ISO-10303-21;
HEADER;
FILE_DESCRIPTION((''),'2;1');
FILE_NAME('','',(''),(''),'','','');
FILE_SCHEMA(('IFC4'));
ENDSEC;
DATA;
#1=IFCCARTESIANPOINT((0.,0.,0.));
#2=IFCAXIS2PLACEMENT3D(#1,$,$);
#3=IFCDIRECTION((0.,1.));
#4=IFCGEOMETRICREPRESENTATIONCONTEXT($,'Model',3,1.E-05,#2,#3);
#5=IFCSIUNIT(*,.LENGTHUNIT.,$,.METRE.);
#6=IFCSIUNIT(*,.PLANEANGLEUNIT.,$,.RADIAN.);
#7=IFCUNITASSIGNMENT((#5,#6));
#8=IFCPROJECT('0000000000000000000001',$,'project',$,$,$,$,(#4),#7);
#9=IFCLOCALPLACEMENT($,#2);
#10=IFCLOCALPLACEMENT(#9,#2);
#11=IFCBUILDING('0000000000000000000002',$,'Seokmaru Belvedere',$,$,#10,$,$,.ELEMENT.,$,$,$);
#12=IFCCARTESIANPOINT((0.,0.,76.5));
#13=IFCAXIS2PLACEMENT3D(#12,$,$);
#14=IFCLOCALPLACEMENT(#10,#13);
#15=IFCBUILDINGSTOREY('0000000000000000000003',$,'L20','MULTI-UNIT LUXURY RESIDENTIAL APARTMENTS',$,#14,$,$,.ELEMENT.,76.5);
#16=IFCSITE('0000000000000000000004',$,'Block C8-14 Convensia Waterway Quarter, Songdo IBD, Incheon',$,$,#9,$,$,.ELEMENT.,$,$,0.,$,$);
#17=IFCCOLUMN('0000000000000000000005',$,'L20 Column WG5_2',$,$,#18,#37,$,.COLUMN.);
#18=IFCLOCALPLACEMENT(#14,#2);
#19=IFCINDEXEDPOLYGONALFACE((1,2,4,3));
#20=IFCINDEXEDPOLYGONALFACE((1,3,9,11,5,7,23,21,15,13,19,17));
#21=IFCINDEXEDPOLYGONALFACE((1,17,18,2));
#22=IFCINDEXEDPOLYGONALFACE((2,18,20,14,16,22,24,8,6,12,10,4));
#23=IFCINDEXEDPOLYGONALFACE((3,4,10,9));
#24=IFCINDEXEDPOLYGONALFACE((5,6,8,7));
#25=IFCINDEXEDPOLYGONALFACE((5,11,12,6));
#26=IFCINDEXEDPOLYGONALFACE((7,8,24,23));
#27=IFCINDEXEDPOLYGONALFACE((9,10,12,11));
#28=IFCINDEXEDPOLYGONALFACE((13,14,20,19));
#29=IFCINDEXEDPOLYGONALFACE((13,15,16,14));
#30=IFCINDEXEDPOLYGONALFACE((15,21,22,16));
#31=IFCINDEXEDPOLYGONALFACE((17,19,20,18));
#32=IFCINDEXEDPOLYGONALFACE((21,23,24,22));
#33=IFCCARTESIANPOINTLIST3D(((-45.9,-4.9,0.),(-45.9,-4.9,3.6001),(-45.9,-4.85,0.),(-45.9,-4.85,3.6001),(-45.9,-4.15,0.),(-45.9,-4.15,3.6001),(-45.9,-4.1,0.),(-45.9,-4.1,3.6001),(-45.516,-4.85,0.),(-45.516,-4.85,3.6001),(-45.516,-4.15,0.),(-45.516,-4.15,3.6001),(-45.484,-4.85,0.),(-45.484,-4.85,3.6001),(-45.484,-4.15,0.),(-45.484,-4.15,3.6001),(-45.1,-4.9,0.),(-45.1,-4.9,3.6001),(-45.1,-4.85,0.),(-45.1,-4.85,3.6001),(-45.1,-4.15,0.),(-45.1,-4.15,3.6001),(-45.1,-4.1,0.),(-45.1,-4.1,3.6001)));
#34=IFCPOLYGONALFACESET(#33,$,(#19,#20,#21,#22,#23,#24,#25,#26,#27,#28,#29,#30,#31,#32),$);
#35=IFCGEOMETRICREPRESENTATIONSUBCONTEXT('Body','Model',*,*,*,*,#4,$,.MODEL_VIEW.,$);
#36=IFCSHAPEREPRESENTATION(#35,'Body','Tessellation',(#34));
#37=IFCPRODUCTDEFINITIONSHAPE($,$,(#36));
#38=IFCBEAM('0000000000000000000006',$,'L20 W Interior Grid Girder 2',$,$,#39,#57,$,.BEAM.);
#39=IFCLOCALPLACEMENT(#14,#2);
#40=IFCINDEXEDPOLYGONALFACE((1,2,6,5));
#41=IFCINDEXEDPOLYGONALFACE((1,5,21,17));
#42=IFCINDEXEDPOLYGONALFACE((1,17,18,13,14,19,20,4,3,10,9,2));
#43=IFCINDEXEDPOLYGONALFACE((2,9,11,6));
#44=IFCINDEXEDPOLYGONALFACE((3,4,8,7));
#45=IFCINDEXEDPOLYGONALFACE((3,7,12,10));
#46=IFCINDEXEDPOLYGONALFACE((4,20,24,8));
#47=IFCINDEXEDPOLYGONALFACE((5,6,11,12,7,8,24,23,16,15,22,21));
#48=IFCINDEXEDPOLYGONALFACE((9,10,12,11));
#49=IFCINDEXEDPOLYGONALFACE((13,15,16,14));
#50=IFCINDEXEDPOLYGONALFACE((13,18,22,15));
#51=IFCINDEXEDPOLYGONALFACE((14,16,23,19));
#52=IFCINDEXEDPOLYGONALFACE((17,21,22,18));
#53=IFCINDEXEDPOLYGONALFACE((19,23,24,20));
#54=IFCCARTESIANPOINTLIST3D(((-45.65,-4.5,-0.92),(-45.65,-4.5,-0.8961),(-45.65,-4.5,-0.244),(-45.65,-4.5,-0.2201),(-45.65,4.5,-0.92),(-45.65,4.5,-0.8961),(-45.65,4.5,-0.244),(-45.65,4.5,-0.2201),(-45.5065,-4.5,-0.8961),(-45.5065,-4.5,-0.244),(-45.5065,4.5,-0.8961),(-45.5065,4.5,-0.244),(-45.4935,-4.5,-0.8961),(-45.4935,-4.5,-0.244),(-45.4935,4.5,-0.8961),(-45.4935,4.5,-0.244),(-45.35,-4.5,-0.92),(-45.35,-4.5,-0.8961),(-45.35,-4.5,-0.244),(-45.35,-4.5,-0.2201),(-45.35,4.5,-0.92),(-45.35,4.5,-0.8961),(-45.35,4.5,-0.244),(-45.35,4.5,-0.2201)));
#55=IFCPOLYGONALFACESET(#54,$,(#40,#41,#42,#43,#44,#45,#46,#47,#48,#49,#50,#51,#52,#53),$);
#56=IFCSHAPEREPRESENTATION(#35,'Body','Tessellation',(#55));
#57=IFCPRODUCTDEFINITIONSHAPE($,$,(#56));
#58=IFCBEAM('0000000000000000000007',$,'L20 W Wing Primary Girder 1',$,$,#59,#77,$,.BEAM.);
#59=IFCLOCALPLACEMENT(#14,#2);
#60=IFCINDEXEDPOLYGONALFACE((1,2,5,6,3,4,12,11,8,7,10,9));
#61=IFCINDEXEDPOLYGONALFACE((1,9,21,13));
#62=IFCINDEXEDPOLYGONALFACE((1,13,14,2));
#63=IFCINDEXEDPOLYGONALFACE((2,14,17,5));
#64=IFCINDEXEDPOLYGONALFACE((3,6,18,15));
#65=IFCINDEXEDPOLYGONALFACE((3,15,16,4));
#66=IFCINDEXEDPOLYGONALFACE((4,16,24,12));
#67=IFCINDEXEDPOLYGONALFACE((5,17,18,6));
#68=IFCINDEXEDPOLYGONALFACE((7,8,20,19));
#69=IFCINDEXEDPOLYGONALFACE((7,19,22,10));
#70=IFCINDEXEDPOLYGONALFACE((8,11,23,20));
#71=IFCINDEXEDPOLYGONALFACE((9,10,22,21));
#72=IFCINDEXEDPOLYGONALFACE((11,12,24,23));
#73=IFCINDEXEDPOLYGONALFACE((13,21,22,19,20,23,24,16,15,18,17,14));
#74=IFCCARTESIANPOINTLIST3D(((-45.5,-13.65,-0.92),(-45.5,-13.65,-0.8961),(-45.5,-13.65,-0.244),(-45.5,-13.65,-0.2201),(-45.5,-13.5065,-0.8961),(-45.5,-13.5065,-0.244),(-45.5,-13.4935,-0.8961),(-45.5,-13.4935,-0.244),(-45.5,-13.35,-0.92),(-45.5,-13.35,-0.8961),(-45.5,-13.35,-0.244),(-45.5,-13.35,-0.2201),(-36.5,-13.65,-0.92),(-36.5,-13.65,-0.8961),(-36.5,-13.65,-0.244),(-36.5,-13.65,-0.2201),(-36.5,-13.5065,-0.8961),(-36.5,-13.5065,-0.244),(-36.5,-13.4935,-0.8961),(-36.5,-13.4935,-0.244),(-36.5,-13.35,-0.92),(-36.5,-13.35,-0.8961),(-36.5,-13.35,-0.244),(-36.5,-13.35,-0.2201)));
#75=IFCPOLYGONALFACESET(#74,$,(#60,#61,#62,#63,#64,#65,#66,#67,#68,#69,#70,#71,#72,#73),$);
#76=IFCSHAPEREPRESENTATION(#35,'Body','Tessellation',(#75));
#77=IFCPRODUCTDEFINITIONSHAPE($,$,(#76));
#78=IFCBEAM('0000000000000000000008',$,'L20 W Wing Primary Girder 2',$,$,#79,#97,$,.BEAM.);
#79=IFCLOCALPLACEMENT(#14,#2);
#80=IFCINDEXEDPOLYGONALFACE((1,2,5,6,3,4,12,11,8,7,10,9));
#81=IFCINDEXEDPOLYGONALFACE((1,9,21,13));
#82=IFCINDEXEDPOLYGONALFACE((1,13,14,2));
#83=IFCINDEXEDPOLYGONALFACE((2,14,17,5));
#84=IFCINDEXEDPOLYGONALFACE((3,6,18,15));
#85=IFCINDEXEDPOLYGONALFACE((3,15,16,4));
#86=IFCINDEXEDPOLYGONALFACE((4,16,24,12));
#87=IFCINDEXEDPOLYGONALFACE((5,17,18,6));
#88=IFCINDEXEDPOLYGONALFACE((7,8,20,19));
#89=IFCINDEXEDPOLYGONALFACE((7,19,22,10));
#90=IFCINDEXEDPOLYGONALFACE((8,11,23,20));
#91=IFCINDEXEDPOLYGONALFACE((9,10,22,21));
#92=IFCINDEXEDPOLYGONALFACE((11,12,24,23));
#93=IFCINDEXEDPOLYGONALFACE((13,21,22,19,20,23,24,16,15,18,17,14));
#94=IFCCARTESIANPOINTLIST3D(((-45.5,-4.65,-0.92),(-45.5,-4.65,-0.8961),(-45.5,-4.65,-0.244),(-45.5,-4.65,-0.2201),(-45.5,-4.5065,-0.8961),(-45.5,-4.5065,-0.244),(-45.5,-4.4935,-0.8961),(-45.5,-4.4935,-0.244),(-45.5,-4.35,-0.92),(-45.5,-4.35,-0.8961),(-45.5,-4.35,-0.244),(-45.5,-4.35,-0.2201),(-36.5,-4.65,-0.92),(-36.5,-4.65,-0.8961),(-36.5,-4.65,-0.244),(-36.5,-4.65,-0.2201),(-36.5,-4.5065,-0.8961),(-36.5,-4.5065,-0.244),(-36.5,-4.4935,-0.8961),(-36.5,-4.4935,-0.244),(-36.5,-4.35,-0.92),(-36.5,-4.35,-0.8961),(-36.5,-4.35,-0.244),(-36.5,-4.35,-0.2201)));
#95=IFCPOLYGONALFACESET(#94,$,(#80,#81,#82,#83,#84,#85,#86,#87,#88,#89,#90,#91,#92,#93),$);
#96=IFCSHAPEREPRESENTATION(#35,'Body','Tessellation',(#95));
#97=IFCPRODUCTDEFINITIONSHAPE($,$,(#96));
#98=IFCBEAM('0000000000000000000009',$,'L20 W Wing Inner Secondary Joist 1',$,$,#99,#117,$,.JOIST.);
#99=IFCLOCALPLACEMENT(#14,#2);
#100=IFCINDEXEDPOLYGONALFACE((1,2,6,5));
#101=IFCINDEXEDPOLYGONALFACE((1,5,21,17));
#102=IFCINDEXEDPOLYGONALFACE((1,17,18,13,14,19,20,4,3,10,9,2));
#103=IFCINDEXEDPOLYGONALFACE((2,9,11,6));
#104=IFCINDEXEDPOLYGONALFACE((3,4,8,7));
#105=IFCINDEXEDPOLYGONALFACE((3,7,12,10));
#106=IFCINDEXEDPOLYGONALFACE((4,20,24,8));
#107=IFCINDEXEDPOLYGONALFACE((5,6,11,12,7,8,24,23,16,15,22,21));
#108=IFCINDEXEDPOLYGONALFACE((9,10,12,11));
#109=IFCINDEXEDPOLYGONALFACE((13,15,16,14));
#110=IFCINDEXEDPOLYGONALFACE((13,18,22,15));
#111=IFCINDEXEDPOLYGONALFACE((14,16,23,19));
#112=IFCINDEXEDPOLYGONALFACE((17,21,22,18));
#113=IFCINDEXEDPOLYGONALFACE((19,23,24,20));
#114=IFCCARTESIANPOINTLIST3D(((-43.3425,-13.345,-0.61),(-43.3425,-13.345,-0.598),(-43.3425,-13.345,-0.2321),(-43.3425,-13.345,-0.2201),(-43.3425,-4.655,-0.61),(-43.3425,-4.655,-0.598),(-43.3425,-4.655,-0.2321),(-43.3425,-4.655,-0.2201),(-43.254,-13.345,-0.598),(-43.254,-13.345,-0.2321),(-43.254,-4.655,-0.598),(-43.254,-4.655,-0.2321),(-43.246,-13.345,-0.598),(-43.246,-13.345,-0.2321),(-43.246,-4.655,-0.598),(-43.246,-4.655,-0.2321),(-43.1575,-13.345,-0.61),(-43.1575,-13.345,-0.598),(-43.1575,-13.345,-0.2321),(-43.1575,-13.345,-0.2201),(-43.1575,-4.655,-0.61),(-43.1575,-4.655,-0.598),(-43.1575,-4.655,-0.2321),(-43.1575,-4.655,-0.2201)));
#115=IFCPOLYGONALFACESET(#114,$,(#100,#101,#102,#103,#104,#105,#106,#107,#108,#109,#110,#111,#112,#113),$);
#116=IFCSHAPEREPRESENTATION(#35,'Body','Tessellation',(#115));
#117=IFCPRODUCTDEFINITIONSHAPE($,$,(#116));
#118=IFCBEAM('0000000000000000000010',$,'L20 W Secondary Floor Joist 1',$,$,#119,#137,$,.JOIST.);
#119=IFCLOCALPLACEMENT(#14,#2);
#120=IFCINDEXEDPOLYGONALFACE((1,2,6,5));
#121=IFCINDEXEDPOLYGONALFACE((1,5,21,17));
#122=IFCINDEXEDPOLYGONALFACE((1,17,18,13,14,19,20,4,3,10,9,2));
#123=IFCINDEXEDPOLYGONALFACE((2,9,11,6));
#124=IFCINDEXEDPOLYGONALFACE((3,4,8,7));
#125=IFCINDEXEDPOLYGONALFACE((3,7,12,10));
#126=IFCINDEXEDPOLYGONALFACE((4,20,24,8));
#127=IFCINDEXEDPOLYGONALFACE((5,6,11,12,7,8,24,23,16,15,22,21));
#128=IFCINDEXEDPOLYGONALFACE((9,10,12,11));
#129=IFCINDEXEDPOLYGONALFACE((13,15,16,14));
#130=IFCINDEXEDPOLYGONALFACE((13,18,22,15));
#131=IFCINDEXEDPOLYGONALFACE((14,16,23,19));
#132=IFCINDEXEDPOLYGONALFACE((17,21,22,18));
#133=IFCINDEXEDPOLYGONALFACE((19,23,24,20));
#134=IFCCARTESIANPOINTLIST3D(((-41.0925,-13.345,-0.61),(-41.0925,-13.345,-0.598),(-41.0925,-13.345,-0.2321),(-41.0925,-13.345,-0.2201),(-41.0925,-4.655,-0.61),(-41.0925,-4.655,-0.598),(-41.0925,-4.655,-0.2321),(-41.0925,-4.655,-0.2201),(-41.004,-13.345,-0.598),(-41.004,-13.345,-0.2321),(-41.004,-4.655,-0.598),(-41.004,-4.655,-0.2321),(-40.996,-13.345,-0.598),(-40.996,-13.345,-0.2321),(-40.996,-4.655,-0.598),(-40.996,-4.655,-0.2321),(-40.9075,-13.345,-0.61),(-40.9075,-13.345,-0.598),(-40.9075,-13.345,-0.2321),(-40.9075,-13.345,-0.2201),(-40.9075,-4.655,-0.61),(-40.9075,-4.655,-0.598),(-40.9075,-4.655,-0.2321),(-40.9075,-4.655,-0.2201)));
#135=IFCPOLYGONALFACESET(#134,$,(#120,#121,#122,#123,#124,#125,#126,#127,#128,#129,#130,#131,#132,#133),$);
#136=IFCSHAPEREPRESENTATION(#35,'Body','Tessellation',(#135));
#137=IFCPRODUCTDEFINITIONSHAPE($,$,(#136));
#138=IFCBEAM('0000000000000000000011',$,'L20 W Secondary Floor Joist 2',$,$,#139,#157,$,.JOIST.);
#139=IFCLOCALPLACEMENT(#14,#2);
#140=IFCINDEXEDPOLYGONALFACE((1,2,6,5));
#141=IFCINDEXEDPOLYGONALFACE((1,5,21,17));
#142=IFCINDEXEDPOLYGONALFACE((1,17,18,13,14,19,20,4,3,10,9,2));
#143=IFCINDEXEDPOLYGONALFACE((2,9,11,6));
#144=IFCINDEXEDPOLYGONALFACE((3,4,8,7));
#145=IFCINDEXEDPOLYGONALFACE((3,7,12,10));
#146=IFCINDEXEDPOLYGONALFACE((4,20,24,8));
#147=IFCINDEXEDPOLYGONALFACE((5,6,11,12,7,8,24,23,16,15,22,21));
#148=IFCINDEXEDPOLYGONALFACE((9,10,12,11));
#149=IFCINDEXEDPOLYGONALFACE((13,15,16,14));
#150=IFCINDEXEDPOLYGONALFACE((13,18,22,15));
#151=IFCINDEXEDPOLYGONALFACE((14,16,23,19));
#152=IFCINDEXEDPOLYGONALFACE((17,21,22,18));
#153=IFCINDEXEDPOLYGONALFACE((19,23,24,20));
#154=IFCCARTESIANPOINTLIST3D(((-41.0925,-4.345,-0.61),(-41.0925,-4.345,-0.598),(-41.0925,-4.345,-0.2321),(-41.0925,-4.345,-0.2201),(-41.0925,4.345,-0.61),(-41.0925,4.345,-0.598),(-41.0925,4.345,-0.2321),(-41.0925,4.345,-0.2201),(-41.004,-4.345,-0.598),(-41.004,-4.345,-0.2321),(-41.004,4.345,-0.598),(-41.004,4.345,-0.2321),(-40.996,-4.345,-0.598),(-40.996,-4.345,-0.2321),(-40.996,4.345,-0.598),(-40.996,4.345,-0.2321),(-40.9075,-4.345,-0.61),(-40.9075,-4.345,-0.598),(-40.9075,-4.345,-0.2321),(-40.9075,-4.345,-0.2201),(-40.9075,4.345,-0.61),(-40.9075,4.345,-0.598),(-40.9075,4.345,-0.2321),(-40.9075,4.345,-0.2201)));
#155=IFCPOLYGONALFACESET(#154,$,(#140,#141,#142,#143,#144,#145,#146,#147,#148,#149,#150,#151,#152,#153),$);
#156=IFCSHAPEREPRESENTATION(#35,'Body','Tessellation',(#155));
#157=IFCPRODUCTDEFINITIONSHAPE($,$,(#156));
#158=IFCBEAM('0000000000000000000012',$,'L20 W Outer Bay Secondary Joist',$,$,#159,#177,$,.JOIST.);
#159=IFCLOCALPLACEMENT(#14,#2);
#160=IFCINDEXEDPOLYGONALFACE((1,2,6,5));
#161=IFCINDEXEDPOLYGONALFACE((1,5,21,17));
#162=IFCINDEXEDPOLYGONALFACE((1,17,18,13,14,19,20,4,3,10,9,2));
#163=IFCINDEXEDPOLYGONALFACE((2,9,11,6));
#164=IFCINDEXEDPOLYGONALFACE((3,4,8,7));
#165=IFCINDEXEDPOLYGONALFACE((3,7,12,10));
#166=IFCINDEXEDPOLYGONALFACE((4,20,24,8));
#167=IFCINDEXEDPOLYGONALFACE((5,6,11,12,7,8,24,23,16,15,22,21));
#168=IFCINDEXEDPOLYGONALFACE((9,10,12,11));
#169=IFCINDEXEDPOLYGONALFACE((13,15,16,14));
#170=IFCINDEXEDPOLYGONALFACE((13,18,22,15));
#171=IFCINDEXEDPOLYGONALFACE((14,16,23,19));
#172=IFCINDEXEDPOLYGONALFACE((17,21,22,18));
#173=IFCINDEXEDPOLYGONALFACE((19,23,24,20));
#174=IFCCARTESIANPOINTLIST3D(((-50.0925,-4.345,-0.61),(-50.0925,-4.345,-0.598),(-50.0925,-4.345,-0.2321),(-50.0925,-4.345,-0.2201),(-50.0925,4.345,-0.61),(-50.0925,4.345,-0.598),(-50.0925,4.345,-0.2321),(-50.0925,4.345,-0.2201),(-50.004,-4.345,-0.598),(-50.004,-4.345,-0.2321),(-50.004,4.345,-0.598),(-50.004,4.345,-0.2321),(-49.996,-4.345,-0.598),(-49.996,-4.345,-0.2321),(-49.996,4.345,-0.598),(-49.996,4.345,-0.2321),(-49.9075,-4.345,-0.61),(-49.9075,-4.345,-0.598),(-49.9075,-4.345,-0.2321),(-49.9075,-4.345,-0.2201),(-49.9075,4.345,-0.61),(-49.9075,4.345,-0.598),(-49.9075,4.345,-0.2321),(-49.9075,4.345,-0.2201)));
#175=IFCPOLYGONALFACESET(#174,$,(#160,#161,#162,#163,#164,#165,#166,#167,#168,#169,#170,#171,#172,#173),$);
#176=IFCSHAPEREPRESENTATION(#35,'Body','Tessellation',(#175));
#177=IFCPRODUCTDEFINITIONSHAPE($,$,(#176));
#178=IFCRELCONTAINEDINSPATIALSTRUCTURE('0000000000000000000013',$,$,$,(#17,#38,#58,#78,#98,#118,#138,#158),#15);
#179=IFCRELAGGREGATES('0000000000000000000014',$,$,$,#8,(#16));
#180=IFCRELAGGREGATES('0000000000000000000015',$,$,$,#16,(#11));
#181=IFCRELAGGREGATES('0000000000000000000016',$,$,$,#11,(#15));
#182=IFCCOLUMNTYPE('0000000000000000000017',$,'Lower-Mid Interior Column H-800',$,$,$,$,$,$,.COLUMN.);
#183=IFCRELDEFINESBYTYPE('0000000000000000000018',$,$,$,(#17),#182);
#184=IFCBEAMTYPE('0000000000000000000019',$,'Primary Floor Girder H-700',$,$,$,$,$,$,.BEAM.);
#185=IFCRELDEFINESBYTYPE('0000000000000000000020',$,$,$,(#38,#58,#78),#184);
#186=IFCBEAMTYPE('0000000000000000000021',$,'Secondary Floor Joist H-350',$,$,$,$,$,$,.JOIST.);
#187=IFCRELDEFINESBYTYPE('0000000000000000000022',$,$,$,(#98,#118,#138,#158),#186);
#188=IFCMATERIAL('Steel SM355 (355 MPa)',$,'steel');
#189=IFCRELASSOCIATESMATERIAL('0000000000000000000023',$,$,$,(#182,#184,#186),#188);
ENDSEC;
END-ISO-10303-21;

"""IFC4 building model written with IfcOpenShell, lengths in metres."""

from ifc_helpers import new_model, si_unit, direction, frame, origin, origin_2d, place, context, subcontext, project, spatial, i_section, extrude, source, transform, mapped, material, material_profile, profile_set, type_object, type_shapes, element, save


model = new_model("IFC4")

# Units and contexts
model_context = context("Model", 3, precision=1e-05, world=origin(), true_north=direction((0.0, 1.0)))
body_context = subcontext(model_context, "Body", "Model", "MODEL_VIEW")
ifc_project = project(units=[si_unit("LENGTHUNIT", "METRE"), si_unit("PLANEANGLEUNIT", "RADIAN")], contexts=[model_context])

# Site, building, storey
site_placement = place(None, origin())
site = spatial("IfcSite", under=ifc_project, at=site_placement, Name="Block C8-14 Convensia Waterway Quarter, Songdo IBD, Incheon", CompositionType="ELEMENT", RefElevation=0.0)
building_placement = place(site_placement, origin())
building = spatial("IfcBuilding", under=site, at=building_placement, Name="Seokmaru Belvedere", CompositionType="ELEMENT")
storey_placement = place(building_placement, frame((0.0, 0.0, 76.5)))
storey = spatial("IfcBuildingStorey", under=building, at=storey_placement, Name="L20", Description="MULTI-UNIT LUXURY RESIDENTIAL APARTMENTS", CompositionType="ELEMENT", Elevation=76.5)

# Column
ifc_material_1 = material(Name="Steel SM355 (355 MPa)", Category="steel")
ifc_material_profile_1 = material_profile(ifc_material_1, i_section(OverallWidth=0.8, OverallDepth=0.8, WebThickness=0.032, FlangeThickness=0.05, at=origin_2d()), Name="H-800x800x32x50")
ifc_profile_set_1 = profile_set([ifc_material_profile_1], Name="Steel SM355 (355 MPa)")
column_type = type_object("IfcColumnType", Name="Lower-Mid Interior Column H-800", PredefinedType="COLUMN", material=ifc_profile_set_1)
shared_shape_1 = source(origin(), body_context, "Body", "SweptSolid", [
    extrude(i_section(OverallWidth=0.8, OverallDepth=0.8, WebThickness=0.032, FlangeThickness=0.05, at=origin_2d()), origin(), (0.0, 0.0, 1.0), 3.6001),
])
type_shapes(column_type, [shared_shape_1])
column_placement = place(storey_placement, frame((-45.5, -4.5, 0.0), z_axis=(0.0, 0.0, 1.0), x_axis=(1.0, 0.0, 0.0)))
element("IfcColumn", 1, at=column_placement, inside=storey, type_object=column_type, Name="L20 Column WG5_2", PredefinedType="COLUMN", context=body_context, shape_type="MappedRepresentation", body=[
    mapped(shared_shape_1, transform((0.0, 0.0, 0.0), scale=1.0)),
])

# Beams
ifc_material_profile_2 = material_profile(ifc_material_1, i_section(OverallWidth=0.3, OverallDepth=0.7, WebThickness=0.0129, FlangeThickness=0.0239, at=origin_2d()), Name="H-700x300x13x24")
ifc_profile_set_2 = profile_set([ifc_material_profile_2], Name="Steel SM355 (355 MPa)")
beam_type_1 = type_object("IfcBeamType", Name="Primary Floor Girder H-700", PredefinedType="BEAM", material=ifc_profile_set_2)
shared_shape_2 = source(origin(), body_context, "Body", "SweptSolid", [
    extrude(i_section(OverallWidth=0.3, OverallDepth=0.7, WebThickness=0.0129, FlangeThickness=0.0239, at=origin_2d()), origin(), (0.0, 0.0, 1.0), 9.0),
])
type_shapes(beam_type_1, [shared_shape_2])
for number, where, z_axis, x_axis, name in (
    (2, (-45.5, -4.5, -0.5701), (0.0, 1.0, 0.0), (-1.0, 0.0, 0.0), "L20 W Interior Grid Girder 2"),
    (3, (-45.5, -13.5, -0.5701), (1.0, 0.0, 0.0), (0.0, 1.0, 0.0), "L20 W Wing Primary Girder 1"),
    (4, (-45.5, -4.5, -0.5701), (1.0, 0.0, 0.0), (0.0, 1.0, 0.0), "L20 W Wing Primary Girder 2"),
):
    element("IfcBeam", number, at=place(storey_placement, frame(where, z_axis=z_axis, x_axis=x_axis)), inside=storey, type_object=beam_type_1, Name=name, PredefinedType="BEAM", context=body_context, shape_type="MappedRepresentation", body=[
        mapped(shared_shape_2, transform((0.0, 0.0, 0.0), scale=1.0)),
    ])
ifc_material_profile_3 = material_profile(ifc_material_1, i_section(OverallWidth=0.1851, OverallDepth=0.3899, WebThickness=0.0081, FlangeThickness=0.012, at=origin_2d()), Name="H-390x185x8x12")
ifc_profile_set_3 = profile_set([ifc_material_profile_3], Name="Steel SM355 (355 MPa)")
beam_type_2 = type_object("IfcBeamType", Name="Secondary Floor Joist H-350", PredefinedType="JOIST", material=ifc_profile_set_3)
shared_shape_3 = source(origin(), body_context, "Body", "SweptSolid", [
    extrude(i_section(OverallWidth=0.1851, OverallDepth=0.3899, WebThickness=0.0081, FlangeThickness=0.012, at=origin_2d()), origin(), (0.0, 0.0, 1.0), 8.6899),
])
type_shapes(beam_type_2, [shared_shape_3])
for number, where, z_axis, x_axis, name in (
    (5, (-43.25, -13.345, -0.415), (0.0, 1.0, 0.0), (-1.0, 0.0, 0.0), "L20 W Wing Inner Secondary Joist 1"),
    (6, (-41.0, -13.345, -0.415), (0.0, 1.0, 0.0), (-1.0, 0.0, 0.0), "L20 W Secondary Floor Joist 1"),
    (7, (-41.0, -4.345, -0.415), (0.0, 1.0, 0.0), (-1.0, 0.0, 0.0), "L20 W Secondary Floor Joist 2"),
    (8, (-50.0, -4.345, -0.415), (0.0, 1.0, 0.0), (-1.0, 0.0, 0.0), "L20 W Outer Bay Secondary Joist"),
):
    element("IfcBeam", number, at=place(storey_placement, frame(where, z_axis=z_axis, x_axis=x_axis)), inside=storey, type_object=beam_type_2, Name=name, PredefinedType="JOIST", context=body_context, shape_type="MappedRepresentation", body=[
        mapped(shared_shape_3, transform((0.0, 0.0, 0.0), scale=1.0)),
    ])

save(model, "model.ifc")
